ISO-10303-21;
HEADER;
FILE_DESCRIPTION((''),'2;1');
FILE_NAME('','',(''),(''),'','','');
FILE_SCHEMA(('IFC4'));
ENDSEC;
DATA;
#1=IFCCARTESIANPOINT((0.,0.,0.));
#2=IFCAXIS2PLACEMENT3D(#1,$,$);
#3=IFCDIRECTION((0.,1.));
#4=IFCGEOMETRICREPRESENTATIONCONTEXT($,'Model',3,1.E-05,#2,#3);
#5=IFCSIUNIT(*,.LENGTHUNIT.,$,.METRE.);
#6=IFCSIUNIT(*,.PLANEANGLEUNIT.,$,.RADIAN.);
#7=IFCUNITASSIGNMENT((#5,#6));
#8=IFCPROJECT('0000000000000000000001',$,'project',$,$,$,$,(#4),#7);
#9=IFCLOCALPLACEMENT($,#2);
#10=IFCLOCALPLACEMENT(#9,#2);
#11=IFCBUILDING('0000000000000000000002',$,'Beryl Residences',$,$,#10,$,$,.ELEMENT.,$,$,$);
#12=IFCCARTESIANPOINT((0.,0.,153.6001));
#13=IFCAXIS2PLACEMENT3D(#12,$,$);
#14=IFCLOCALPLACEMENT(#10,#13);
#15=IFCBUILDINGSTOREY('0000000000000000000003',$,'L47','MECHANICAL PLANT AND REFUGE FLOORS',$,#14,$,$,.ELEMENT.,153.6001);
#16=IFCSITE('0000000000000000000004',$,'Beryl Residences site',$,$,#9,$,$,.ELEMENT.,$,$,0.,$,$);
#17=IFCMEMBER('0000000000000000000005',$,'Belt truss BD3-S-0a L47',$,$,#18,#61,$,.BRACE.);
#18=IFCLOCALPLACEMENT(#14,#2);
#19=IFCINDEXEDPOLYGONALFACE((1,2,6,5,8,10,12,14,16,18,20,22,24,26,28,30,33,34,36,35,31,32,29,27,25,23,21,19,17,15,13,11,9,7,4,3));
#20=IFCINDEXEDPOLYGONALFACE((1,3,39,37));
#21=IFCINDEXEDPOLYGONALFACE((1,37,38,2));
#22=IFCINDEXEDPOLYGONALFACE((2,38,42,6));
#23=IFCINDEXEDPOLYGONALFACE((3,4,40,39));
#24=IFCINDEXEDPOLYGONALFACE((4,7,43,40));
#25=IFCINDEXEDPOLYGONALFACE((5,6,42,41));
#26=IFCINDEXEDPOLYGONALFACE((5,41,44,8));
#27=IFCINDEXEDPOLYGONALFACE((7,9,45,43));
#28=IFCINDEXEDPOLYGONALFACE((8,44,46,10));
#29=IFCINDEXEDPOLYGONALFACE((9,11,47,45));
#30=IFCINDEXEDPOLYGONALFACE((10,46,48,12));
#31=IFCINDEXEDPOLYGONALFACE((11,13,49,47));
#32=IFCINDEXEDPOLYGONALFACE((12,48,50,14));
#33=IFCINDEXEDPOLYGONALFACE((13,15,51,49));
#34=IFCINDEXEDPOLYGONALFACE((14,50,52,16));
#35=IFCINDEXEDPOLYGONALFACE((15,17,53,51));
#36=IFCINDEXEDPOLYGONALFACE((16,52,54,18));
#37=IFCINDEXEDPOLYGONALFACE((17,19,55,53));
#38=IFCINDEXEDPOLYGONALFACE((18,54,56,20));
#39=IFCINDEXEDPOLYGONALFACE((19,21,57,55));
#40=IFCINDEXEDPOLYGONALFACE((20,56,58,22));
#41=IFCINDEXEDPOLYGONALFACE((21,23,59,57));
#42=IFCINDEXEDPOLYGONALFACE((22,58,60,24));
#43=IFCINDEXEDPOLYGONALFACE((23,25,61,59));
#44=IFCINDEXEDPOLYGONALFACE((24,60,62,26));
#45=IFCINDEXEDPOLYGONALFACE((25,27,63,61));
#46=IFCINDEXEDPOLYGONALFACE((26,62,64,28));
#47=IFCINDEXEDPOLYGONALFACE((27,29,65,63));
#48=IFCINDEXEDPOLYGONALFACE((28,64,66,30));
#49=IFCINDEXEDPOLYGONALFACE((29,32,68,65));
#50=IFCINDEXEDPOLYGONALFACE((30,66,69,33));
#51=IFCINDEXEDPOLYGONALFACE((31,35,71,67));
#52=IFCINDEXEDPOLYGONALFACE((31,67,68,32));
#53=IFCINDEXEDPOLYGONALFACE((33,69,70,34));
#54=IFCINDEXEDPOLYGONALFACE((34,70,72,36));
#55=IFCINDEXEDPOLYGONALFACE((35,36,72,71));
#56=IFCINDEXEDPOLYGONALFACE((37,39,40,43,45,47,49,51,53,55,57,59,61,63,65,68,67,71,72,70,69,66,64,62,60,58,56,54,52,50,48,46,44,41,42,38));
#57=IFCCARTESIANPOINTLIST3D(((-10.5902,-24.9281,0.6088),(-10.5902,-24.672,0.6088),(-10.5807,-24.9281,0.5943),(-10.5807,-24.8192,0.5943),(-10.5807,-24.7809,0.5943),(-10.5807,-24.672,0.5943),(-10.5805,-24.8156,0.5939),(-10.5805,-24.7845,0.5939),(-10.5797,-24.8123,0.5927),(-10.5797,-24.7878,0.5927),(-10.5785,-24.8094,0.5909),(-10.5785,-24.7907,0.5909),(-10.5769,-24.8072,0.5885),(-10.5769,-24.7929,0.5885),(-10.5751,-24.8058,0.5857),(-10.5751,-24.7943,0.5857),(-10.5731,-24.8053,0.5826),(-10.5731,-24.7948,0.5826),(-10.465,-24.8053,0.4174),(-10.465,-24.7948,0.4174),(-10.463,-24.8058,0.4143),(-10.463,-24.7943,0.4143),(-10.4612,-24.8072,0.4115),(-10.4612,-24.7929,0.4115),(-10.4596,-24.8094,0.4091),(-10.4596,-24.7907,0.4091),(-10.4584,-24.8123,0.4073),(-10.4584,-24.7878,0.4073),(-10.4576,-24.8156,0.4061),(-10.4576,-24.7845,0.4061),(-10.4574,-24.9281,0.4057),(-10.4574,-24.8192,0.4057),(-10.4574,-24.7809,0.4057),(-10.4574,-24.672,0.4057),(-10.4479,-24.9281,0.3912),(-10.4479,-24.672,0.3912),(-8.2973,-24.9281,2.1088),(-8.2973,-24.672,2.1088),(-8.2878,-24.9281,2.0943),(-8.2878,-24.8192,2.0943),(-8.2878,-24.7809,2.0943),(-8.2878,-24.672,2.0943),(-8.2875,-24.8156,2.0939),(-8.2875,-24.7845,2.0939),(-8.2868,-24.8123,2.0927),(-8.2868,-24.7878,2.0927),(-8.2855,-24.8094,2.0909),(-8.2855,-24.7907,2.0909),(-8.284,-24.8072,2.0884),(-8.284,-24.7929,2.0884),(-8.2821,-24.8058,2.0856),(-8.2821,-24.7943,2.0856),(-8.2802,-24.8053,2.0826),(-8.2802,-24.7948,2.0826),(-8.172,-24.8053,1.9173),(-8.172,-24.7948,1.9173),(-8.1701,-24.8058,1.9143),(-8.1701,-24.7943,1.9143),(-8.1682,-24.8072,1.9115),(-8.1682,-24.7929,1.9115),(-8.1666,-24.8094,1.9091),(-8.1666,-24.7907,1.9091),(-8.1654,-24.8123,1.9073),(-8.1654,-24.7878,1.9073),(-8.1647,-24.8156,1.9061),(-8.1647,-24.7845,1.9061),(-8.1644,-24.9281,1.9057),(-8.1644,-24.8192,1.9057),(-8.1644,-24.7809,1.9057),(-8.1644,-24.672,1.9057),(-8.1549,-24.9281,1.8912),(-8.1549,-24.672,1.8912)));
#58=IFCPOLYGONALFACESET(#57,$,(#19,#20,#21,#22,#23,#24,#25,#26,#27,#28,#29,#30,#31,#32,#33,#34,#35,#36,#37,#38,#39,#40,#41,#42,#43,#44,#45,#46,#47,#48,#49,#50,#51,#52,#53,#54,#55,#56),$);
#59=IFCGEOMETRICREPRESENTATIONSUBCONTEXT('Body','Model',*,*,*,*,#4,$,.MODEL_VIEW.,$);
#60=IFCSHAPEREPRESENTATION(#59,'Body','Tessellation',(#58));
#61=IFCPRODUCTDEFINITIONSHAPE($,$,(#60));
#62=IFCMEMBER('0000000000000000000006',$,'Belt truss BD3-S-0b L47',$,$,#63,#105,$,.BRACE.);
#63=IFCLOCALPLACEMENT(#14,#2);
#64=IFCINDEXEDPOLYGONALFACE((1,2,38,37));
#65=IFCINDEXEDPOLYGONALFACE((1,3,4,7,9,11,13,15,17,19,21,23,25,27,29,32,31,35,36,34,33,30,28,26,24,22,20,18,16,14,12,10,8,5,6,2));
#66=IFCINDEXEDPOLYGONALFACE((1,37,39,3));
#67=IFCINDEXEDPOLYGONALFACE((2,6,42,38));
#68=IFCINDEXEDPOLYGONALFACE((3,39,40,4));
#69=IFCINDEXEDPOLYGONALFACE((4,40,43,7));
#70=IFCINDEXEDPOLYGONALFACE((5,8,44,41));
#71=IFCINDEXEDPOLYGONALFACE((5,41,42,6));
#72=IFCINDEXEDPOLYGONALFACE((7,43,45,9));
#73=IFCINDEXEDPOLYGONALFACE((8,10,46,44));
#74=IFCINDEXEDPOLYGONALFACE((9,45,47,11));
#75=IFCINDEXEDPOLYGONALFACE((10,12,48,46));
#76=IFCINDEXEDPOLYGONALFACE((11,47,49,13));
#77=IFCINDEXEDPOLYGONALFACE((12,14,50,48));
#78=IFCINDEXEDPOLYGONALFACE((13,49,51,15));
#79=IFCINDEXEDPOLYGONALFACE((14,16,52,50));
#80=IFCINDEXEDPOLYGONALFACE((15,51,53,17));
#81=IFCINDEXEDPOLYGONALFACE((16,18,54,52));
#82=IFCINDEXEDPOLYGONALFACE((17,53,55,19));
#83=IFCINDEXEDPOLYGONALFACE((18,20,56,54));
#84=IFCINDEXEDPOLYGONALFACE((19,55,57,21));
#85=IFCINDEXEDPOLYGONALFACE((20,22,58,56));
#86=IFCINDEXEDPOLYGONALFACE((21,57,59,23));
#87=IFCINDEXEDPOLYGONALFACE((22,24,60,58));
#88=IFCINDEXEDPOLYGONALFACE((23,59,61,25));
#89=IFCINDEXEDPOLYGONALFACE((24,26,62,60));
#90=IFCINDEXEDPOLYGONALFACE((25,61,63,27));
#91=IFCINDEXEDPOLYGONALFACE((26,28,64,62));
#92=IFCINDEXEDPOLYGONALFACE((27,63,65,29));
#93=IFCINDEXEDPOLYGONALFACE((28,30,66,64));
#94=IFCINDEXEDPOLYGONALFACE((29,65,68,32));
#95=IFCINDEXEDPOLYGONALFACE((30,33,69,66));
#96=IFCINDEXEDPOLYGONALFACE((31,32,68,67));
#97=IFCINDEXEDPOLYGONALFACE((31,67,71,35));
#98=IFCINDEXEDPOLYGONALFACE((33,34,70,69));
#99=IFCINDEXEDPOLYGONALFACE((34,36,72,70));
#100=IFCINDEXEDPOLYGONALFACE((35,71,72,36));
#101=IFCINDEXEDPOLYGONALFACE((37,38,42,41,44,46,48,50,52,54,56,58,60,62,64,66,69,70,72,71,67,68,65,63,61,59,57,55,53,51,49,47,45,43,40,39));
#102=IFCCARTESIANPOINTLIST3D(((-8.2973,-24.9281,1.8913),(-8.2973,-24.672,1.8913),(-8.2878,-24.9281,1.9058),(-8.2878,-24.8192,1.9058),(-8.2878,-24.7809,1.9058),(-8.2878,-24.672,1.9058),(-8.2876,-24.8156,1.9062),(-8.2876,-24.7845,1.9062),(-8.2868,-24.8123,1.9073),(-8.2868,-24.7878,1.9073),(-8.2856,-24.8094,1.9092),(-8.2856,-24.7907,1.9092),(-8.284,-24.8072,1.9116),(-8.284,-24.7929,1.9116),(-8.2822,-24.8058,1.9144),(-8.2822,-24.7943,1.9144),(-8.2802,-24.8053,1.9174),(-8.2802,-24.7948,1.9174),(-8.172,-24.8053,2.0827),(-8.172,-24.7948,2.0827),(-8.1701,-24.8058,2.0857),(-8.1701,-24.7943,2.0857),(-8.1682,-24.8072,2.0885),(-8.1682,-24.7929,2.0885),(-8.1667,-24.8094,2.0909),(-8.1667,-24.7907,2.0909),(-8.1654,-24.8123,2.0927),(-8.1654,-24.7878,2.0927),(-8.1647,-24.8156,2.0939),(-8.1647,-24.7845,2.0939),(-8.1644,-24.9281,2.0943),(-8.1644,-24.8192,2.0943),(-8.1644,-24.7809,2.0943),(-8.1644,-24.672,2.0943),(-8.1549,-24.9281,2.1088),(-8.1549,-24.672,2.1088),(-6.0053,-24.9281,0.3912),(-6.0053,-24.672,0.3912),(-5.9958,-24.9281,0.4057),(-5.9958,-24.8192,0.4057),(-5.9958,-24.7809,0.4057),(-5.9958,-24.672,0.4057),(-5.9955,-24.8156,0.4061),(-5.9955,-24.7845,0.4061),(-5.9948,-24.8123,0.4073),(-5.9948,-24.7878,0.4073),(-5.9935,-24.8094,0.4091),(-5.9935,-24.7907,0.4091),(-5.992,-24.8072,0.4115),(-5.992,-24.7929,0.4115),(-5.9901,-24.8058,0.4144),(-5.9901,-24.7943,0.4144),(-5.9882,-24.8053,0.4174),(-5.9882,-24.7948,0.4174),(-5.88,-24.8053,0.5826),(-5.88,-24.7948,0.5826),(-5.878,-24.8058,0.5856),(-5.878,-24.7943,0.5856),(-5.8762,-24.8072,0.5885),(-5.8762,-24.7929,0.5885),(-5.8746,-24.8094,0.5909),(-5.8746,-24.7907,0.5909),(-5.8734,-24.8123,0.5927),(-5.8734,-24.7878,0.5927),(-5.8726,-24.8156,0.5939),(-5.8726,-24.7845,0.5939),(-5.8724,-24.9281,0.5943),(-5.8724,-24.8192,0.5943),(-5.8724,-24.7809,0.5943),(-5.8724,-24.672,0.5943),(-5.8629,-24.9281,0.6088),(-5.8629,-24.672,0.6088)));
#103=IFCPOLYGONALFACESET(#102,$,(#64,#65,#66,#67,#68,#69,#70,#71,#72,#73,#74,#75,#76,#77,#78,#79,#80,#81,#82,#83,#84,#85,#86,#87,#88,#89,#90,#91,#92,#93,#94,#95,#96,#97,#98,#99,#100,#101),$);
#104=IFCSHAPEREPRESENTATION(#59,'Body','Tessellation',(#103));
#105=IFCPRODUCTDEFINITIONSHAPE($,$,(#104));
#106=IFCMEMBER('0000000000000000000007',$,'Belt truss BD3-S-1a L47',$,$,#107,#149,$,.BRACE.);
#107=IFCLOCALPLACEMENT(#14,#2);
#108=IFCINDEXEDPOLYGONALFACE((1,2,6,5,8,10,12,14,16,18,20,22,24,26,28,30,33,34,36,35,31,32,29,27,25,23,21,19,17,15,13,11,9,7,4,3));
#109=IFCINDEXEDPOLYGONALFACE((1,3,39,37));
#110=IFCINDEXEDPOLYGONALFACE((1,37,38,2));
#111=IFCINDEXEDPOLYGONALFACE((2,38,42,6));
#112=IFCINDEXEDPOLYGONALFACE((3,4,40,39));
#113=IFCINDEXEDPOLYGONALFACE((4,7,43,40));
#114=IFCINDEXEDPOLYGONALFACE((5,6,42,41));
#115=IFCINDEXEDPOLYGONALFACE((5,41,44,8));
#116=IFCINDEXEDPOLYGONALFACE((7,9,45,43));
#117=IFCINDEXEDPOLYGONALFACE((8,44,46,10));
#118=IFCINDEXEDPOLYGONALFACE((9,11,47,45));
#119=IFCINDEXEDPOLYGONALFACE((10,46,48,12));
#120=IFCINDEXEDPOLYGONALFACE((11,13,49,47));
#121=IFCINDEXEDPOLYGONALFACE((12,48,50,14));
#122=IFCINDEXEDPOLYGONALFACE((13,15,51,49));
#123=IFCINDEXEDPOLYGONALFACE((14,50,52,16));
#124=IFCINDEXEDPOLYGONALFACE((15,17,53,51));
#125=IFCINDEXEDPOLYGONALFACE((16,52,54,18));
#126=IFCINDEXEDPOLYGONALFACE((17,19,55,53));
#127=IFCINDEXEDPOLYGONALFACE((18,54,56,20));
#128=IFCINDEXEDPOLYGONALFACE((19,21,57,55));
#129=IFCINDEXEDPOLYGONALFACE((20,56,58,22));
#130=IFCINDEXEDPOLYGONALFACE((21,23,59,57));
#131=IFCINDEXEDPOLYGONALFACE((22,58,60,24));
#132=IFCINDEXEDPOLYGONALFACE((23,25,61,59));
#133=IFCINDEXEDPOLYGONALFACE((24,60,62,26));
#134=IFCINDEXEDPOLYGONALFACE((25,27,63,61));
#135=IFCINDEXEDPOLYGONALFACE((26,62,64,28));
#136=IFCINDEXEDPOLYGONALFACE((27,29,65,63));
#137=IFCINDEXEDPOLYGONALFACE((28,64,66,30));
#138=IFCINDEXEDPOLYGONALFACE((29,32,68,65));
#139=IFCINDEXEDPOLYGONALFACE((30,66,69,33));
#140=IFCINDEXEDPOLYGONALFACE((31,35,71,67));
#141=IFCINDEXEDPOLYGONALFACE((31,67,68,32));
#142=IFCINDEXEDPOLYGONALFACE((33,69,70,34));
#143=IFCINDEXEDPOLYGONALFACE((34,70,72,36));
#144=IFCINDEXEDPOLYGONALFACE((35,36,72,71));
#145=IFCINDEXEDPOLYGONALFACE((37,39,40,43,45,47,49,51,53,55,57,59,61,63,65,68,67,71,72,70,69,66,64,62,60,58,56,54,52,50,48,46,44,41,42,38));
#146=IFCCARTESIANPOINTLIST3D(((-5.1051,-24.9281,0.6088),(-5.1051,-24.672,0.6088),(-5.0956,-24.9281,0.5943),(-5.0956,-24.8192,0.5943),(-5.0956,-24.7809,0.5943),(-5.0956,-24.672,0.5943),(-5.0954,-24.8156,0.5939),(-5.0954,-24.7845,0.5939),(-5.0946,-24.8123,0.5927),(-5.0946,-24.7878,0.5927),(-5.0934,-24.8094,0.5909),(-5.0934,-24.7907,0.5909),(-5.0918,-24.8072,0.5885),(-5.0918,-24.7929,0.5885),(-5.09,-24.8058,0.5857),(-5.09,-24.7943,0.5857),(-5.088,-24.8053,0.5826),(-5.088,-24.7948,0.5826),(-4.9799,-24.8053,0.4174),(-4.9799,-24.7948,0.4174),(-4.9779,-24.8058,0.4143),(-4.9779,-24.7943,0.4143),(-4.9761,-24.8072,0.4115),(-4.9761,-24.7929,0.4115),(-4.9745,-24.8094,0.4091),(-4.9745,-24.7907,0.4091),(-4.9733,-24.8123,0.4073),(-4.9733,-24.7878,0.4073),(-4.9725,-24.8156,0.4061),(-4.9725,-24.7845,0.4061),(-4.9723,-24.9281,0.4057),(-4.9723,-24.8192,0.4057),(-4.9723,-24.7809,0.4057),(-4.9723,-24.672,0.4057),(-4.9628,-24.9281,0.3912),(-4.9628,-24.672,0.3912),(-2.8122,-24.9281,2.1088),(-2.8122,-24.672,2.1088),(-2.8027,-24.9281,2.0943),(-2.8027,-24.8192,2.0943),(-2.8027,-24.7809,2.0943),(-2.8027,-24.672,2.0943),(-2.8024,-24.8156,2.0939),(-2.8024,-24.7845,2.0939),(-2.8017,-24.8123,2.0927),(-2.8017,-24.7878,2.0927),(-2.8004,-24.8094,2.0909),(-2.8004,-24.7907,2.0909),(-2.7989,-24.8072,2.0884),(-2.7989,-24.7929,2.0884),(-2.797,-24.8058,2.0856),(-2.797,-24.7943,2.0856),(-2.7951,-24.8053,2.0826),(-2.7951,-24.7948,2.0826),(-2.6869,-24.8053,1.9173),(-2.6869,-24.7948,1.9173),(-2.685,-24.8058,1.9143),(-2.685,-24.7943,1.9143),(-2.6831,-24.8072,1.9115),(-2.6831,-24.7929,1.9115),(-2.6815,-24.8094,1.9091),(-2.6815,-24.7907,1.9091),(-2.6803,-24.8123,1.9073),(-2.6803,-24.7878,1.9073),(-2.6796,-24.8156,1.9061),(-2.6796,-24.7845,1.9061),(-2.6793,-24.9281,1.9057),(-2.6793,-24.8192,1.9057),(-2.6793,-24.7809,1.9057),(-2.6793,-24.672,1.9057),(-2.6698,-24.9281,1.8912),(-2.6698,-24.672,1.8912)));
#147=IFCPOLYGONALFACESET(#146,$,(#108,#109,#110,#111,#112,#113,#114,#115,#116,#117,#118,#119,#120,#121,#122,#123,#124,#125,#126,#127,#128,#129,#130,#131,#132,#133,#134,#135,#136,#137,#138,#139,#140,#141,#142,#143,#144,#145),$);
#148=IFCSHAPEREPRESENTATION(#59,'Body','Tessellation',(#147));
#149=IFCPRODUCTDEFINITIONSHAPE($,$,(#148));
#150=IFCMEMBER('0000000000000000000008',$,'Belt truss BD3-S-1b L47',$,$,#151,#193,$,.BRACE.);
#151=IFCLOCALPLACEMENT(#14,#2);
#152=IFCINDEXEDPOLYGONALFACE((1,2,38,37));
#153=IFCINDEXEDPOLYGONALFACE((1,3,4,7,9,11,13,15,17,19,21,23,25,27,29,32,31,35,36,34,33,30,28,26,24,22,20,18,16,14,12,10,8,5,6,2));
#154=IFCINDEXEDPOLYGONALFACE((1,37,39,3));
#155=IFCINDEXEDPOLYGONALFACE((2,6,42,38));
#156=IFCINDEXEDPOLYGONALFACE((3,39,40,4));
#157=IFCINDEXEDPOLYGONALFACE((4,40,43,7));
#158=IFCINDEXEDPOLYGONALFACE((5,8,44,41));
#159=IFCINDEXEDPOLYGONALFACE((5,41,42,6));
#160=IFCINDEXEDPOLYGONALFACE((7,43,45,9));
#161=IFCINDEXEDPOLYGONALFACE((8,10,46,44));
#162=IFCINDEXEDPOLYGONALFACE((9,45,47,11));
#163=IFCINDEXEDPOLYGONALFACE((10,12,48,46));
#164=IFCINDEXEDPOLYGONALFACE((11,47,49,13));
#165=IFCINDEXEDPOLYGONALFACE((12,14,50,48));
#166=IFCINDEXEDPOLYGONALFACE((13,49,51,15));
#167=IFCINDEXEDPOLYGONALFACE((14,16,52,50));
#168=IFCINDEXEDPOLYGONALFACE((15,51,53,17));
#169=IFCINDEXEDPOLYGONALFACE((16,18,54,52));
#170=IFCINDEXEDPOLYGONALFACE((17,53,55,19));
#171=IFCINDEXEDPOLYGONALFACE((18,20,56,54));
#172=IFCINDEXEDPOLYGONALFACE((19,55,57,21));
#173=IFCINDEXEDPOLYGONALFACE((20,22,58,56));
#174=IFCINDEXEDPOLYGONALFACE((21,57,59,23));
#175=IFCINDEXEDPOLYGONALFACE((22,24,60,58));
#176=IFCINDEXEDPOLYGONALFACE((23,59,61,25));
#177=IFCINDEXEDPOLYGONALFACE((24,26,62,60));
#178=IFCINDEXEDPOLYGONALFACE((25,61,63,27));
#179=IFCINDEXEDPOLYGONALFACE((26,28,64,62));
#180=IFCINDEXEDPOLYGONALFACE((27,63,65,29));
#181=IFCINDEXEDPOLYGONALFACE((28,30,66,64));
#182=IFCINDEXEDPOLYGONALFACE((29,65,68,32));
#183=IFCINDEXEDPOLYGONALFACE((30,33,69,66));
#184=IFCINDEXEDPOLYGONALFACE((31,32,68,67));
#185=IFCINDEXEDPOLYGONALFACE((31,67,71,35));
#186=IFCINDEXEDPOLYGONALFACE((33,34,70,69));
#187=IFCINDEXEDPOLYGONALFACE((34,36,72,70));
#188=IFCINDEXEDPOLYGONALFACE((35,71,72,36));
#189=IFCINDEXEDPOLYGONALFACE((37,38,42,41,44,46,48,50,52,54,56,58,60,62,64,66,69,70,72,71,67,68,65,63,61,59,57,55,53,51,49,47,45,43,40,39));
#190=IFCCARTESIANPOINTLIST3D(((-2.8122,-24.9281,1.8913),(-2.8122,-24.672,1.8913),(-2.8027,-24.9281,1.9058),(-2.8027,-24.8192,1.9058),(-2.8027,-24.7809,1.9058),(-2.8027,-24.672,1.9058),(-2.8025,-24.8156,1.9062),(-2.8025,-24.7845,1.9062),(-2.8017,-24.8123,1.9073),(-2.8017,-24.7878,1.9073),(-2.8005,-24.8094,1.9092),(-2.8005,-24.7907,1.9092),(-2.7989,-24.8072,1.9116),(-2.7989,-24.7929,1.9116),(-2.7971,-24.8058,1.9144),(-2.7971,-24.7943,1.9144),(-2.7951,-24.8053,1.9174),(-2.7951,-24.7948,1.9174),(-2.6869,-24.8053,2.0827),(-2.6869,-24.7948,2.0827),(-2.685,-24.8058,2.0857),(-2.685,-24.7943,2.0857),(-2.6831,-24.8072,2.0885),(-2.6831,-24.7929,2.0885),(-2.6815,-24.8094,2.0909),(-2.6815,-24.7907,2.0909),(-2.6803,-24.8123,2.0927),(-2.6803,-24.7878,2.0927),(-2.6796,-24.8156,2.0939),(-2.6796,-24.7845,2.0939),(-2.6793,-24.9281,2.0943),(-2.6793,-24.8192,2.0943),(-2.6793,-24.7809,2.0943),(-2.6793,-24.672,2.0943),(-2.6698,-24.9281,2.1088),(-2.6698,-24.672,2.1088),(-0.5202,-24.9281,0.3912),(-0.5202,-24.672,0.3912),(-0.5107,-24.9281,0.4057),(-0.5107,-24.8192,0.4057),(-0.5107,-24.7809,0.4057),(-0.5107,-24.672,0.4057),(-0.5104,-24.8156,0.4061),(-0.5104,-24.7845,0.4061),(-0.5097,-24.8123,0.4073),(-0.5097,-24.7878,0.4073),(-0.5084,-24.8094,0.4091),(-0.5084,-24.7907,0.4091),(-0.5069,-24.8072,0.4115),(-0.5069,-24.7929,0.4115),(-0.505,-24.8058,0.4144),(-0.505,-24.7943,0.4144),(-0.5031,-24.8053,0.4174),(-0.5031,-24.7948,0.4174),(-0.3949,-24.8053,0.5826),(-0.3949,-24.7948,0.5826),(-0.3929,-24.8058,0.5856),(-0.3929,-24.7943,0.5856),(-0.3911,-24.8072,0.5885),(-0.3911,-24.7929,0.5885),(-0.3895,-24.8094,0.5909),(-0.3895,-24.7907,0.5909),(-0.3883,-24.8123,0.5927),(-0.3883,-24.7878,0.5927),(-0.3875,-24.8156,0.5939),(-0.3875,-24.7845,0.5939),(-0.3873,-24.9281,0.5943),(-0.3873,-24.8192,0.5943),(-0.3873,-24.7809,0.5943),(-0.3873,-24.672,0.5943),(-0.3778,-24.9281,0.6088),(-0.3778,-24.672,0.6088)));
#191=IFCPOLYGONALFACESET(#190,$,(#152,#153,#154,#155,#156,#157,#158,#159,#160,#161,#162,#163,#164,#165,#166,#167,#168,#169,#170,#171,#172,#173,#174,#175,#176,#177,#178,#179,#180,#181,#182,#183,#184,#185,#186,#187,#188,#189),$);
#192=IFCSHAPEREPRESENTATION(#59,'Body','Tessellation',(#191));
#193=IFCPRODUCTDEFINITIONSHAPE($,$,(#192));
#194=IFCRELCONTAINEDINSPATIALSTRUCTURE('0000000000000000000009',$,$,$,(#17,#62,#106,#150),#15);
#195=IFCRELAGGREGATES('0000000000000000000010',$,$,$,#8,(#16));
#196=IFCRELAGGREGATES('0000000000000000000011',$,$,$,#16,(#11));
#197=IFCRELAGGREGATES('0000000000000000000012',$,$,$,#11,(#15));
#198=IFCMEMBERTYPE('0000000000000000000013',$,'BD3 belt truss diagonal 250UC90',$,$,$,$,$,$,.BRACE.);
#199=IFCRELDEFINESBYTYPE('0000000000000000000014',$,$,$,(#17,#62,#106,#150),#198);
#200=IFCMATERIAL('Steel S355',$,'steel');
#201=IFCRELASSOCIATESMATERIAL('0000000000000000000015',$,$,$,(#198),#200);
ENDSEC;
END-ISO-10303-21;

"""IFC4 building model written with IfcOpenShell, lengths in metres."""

from ifc_helpers import new_model, si_unit, direction, frame, origin, origin_2d, place, context, subcontext, project, spatial, i_section, extrude, material, material_profile, profile_set, type_object, element, save


model = new_model("IFC4")

# Units and contexts
model_context = context("Model", 3, precision=1e-05, world=origin(), true_north=direction((0.0, 1.0)))
body_context = subcontext(model_context, "Body", "Model", "MODEL_VIEW")
ifc_project = project(units=[si_unit("LENGTHUNIT", "METRE"), si_unit("PLANEANGLEUNIT", "RADIAN")], contexts=[model_context])

# Site, building, storey
site_placement = place(None, origin())
site = spatial("IfcSite", under=ifc_project, at=site_placement, Name="Beryl Residences site", CompositionType="ELEMENT", RefElevation=0.0)
building_placement = place(site_placement, origin())
building = spatial("IfcBuilding", under=site, at=building_placement, Name="Beryl Residences", CompositionType="ELEMENT")
storey_placement = place(building_placement, frame((0.0, 0.0, 153.6001)))
storey = spatial("IfcBuildingStorey", under=building, at=storey_placement, Name="L47", Description="MECHANICAL PLANT AND REFUGE FLOORS", CompositionType="ELEMENT", Elevation=153.6001)

# Members
ifc_material_1 = material(Name="Steel S355", Category="steel")
ifc_material_profile_1 = material_profile(ifc_material_1, i_section(OverallWidth=0.2561, OverallDepth=0.26, WebThickness=0.0105, FlangeThickness=0.0173, FilletRadius=0.0139, at=origin_2d()))
ifc_profile_set_1 = profile_set([ifc_material_profile_1], Name="Steel S355")
member_type_1 = type_object("IfcMemberType", Name="BD3 belt truss diagonal 250UC90", PredefinedType="BRACE", material=ifc_profile_set_1)
member_1_placement = place(storey_placement, frame((-10.519, -24.8, 0.5), z_axis=(0.836844, 0.0, 0.547441), x_axis=(0.0, 1.0, 0.0)))
element("IfcMember", 1, at=member_1_placement, inside=storey, type_object=member_type_1, Name="Belt truss BD3-S-0a L47", PredefinedType="BRACE", context=body_context, shape_type="SweptSolid", body=[
    extrude(i_section(OverallWidth=0.2561, OverallDepth=0.26, WebThickness=0.0105, FlangeThickness=0.0173, FilletRadius=0.0139, at=origin_2d()), origin(), (0.0, 0.0, 1.0), 2.74),
])
member_2_placement = place(storey_placement, frame((-5.9341, -24.8, 0.5), z_axis=(-0.836737, 0.0, 0.547605), x_axis=(0.0, -1.0, 0.0)))
element("IfcMember", 2, at=member_2_placement, inside=storey, type_object=member_type_1, Name="Belt truss BD3-S-0b L47", PredefinedType="BRACE", context=body_context, shape_type="SweptSolid", body=[
    extrude(i_section(OverallWidth=0.2561, OverallDepth=0.26, WebThickness=0.0105, FlangeThickness=0.0173, FilletRadius=0.0139, at=origin_2d()), origin(), (0.0, 0.0, 1.0), 2.7393),
])
member_3_placement = place(storey_placement, frame((-5.0339, -24.8, 0.5), z_axis=(0.836844, 0.0, 0.547441), x_axis=(0.0, 1.0, 0.0)))
element("IfcMember", 3, at=member_3_placement, inside=storey, type_object=member_type_1, Name="Belt truss BD3-S-1a L47", PredefinedType="BRACE", context=body_context, shape_type="SweptSolid", body=[
    extrude(i_section(OverallWidth=0.2561, OverallDepth=0.26, WebThickness=0.0105, FlangeThickness=0.0173, FilletRadius=0.0139, at=origin_2d()), origin(), (0.0, 0.0, 1.0), 2.74),
])
member_4_placement = place(storey_placement, frame((-0.449, -24.8, 0.5), z_axis=(-0.836737, 0.0, 0.547605), x_axis=(0.0, -1.0, 0.0)))
element("IfcMember", 4, at=member_4_placement, inside=storey, type_object=member_type_1, Name="Belt truss BD3-S-1b L47", PredefinedType="BRACE", context=body_context, shape_type="SweptSolid", body=[
    extrude(i_section(OverallWidth=0.2561, OverallDepth=0.26, WebThickness=0.0105, FlangeThickness=0.0173, FilletRadius=0.0139, at=origin_2d()), origin(), (0.0, 0.0, 1.0), 2.7393),
])

save(model, "model.ifc")
